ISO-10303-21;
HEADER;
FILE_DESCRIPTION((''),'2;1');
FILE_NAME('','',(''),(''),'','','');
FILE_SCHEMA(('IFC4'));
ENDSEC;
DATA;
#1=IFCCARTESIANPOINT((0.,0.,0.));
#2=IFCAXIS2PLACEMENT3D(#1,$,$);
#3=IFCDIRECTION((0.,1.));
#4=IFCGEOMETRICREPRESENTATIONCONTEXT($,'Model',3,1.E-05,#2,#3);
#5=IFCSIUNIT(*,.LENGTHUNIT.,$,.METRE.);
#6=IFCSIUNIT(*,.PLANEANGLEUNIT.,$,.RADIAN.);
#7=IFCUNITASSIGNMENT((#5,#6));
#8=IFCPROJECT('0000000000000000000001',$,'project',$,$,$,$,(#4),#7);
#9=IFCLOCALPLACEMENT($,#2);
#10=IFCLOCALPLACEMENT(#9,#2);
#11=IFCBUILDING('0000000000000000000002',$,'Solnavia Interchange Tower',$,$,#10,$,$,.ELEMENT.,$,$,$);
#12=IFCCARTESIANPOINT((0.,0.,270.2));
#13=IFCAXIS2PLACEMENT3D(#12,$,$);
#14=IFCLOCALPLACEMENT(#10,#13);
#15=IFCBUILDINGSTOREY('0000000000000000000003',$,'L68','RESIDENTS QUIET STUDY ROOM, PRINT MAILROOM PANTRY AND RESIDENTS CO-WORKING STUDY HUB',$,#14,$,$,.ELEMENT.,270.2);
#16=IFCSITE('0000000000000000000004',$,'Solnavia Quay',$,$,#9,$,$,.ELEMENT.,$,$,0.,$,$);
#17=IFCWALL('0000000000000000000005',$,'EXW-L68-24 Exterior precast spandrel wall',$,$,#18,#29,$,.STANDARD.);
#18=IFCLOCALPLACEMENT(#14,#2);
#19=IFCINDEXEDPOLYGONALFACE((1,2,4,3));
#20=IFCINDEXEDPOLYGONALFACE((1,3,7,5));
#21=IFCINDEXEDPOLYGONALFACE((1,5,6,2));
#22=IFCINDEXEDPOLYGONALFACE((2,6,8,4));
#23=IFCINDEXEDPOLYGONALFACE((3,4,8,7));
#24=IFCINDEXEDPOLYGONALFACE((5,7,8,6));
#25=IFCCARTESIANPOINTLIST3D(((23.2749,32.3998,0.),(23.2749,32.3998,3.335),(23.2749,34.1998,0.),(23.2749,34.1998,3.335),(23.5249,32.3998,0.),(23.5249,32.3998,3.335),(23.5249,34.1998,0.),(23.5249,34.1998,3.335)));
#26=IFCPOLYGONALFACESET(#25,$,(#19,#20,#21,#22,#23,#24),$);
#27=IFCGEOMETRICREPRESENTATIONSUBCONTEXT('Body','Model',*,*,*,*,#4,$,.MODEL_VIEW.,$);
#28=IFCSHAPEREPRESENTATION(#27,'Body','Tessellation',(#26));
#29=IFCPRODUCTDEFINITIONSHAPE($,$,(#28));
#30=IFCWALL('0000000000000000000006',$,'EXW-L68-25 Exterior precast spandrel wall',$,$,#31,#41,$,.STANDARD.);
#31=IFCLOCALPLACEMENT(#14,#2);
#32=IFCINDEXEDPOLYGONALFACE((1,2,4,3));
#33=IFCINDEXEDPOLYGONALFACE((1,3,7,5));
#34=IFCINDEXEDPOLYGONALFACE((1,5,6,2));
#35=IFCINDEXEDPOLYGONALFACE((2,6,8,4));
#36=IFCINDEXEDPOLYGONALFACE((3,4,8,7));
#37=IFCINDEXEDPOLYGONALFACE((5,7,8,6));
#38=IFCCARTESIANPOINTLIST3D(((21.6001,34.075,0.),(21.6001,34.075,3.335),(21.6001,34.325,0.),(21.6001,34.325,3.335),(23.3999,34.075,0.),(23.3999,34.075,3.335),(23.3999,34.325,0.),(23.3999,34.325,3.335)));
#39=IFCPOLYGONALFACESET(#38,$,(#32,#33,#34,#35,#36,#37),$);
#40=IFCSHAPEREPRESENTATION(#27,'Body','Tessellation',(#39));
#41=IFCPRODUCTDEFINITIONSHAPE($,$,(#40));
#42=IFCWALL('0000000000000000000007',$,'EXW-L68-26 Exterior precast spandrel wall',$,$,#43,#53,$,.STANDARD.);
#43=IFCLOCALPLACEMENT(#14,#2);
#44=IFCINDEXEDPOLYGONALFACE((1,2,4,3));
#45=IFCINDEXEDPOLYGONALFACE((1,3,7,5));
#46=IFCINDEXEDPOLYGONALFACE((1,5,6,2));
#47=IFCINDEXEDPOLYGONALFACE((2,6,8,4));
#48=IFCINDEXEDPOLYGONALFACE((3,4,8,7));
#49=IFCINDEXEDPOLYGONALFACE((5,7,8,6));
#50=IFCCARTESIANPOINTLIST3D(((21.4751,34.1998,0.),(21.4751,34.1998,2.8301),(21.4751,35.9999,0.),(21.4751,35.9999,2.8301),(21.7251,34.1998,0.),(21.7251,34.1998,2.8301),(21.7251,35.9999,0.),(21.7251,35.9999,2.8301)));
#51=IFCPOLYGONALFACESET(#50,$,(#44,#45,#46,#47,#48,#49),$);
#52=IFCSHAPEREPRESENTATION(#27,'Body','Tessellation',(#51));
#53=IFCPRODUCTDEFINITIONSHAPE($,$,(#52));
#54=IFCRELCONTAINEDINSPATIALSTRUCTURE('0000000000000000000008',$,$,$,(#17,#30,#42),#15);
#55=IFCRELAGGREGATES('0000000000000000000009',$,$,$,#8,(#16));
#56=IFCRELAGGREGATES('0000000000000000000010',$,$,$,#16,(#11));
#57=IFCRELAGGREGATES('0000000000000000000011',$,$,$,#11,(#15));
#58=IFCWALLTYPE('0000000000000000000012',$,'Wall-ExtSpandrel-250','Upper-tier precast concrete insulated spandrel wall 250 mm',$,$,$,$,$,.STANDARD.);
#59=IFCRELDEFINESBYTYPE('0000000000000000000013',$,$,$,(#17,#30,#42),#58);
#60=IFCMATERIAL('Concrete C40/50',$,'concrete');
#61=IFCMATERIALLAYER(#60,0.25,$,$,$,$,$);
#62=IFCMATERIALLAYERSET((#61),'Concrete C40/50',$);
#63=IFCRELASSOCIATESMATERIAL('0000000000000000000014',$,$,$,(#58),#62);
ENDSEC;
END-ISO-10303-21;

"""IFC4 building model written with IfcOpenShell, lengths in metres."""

from ifc_helpers import new_model, si_unit, direction, frame, frame_2d, origin, place, context, subcontext, project, spatial, rectangle, extrude, material, layer, layer_set, type_object, element, save


model = new_model("IFC4")

# Units and contexts
model_context = context("Model", 3, precision=1e-05, world=origin(), true_north=direction((0.0, 1.0)))
body_context = subcontext(model_context, "Body", "Model", "MODEL_VIEW")
ifc_project = project(units=[si_unit("LENGTHUNIT", "METRE"), si_unit("PLANEANGLEUNIT", "RADIAN")], contexts=[model_context])

# Site, building, storey
site_placement = place(None, origin())
site = spatial("IfcSite", under=ifc_project, at=site_placement, Name="Solnavia Quay", CompositionType="ELEMENT", RefElevation=0.0)
building_placement = place(site_placement, origin())
building = spatial("IfcBuilding", under=site, at=building_placement, Name="Solnavia Interchange Tower", CompositionType="ELEMENT")
storey_placement = place(building_placement, frame((0.0, 0.0, 270.2)))
storey = spatial("IfcBuildingStorey", under=building, at=storey_placement, Name="L68", Description="RESIDENTS QUIET STUDY ROOM, PRINT MAILROOM PANTRY AND RESIDENTS CO-WORKING STUDY HUB", CompositionType="ELEMENT", Elevation=270.2)

# Shared definitions
ifc_material_1 = material(Name="Concrete C40/50", Category="concrete")
ifc_layer = layer(ifc_material_1, 0.25)
ifc_layer_set = layer_set([ifc_layer], Name="Concrete C40/50")
wall_type = type_object("IfcWallType", Name="Wall-ExtSpandrel-250", Description="Upper-tier precast concrete insulated spandrel wall 250 mm", PredefinedType="STANDARD", material=ifc_layer_set)

# Walls
wall_1_placement = place(storey_placement, frame((23.3999, 32.3999, 0.0), z_axis=(0.0, 0.0, 1.0), x_axis=(0.0, 1.0, 0.0)))
element("IfcWall", 1, at=wall_1_placement, inside=storey, type_object=wall_type, Name="EXW-L68-24 Exterior precast spandrel wall", PredefinedType="STANDARD", context=body_context, shape_type="SweptSolid", body=[
    extrude(rectangle(XDim=1.8, YDim=0.25, at=frame_2d((0.8999, 0.0))), origin(), (0.0, 0.0, 1.0), 3.335),
])
wall_2_placement = place(storey_placement, frame((21.6001, 34.2, 0.0), z_axis=(0.0, 0.0, 1.0), x_axis=(1.0, 0.0, 0.0)))
element("IfcWall", 2, at=wall_2_placement, inside=storey, type_object=wall_type, Name="EXW-L68-25 Exterior precast spandrel wall", PredefinedType="STANDARD", context=body_context, shape_type="SweptSolid", body=[
    extrude(rectangle(XDim=1.7998, YDim=0.25, at=frame_2d((0.8999, 0.0))), origin(), (0.0, 0.0, 1.0), 3.335),
])
wall_3_placement = place(storey_placement, frame((21.6001, 34.2, 0.0), z_axis=(0.0, 0.0, 1.0), x_axis=(0.0, 1.0, 0.0)))
element("IfcWall", 3, at=wall_3_placement, inside=storey, type_object=wall_type, Name="EXW-L68-26 Exterior precast spandrel wall", PredefinedType="STANDARD", context=body_context, shape_type="SweptSolid", body=[
    extrude(rectangle(XDim=1.8, YDim=0.25, at=frame_2d((0.8999, 0.0))), origin(), (0.0, 0.0, 1.0), 2.8301),
])

save(model, "model.ifc")
